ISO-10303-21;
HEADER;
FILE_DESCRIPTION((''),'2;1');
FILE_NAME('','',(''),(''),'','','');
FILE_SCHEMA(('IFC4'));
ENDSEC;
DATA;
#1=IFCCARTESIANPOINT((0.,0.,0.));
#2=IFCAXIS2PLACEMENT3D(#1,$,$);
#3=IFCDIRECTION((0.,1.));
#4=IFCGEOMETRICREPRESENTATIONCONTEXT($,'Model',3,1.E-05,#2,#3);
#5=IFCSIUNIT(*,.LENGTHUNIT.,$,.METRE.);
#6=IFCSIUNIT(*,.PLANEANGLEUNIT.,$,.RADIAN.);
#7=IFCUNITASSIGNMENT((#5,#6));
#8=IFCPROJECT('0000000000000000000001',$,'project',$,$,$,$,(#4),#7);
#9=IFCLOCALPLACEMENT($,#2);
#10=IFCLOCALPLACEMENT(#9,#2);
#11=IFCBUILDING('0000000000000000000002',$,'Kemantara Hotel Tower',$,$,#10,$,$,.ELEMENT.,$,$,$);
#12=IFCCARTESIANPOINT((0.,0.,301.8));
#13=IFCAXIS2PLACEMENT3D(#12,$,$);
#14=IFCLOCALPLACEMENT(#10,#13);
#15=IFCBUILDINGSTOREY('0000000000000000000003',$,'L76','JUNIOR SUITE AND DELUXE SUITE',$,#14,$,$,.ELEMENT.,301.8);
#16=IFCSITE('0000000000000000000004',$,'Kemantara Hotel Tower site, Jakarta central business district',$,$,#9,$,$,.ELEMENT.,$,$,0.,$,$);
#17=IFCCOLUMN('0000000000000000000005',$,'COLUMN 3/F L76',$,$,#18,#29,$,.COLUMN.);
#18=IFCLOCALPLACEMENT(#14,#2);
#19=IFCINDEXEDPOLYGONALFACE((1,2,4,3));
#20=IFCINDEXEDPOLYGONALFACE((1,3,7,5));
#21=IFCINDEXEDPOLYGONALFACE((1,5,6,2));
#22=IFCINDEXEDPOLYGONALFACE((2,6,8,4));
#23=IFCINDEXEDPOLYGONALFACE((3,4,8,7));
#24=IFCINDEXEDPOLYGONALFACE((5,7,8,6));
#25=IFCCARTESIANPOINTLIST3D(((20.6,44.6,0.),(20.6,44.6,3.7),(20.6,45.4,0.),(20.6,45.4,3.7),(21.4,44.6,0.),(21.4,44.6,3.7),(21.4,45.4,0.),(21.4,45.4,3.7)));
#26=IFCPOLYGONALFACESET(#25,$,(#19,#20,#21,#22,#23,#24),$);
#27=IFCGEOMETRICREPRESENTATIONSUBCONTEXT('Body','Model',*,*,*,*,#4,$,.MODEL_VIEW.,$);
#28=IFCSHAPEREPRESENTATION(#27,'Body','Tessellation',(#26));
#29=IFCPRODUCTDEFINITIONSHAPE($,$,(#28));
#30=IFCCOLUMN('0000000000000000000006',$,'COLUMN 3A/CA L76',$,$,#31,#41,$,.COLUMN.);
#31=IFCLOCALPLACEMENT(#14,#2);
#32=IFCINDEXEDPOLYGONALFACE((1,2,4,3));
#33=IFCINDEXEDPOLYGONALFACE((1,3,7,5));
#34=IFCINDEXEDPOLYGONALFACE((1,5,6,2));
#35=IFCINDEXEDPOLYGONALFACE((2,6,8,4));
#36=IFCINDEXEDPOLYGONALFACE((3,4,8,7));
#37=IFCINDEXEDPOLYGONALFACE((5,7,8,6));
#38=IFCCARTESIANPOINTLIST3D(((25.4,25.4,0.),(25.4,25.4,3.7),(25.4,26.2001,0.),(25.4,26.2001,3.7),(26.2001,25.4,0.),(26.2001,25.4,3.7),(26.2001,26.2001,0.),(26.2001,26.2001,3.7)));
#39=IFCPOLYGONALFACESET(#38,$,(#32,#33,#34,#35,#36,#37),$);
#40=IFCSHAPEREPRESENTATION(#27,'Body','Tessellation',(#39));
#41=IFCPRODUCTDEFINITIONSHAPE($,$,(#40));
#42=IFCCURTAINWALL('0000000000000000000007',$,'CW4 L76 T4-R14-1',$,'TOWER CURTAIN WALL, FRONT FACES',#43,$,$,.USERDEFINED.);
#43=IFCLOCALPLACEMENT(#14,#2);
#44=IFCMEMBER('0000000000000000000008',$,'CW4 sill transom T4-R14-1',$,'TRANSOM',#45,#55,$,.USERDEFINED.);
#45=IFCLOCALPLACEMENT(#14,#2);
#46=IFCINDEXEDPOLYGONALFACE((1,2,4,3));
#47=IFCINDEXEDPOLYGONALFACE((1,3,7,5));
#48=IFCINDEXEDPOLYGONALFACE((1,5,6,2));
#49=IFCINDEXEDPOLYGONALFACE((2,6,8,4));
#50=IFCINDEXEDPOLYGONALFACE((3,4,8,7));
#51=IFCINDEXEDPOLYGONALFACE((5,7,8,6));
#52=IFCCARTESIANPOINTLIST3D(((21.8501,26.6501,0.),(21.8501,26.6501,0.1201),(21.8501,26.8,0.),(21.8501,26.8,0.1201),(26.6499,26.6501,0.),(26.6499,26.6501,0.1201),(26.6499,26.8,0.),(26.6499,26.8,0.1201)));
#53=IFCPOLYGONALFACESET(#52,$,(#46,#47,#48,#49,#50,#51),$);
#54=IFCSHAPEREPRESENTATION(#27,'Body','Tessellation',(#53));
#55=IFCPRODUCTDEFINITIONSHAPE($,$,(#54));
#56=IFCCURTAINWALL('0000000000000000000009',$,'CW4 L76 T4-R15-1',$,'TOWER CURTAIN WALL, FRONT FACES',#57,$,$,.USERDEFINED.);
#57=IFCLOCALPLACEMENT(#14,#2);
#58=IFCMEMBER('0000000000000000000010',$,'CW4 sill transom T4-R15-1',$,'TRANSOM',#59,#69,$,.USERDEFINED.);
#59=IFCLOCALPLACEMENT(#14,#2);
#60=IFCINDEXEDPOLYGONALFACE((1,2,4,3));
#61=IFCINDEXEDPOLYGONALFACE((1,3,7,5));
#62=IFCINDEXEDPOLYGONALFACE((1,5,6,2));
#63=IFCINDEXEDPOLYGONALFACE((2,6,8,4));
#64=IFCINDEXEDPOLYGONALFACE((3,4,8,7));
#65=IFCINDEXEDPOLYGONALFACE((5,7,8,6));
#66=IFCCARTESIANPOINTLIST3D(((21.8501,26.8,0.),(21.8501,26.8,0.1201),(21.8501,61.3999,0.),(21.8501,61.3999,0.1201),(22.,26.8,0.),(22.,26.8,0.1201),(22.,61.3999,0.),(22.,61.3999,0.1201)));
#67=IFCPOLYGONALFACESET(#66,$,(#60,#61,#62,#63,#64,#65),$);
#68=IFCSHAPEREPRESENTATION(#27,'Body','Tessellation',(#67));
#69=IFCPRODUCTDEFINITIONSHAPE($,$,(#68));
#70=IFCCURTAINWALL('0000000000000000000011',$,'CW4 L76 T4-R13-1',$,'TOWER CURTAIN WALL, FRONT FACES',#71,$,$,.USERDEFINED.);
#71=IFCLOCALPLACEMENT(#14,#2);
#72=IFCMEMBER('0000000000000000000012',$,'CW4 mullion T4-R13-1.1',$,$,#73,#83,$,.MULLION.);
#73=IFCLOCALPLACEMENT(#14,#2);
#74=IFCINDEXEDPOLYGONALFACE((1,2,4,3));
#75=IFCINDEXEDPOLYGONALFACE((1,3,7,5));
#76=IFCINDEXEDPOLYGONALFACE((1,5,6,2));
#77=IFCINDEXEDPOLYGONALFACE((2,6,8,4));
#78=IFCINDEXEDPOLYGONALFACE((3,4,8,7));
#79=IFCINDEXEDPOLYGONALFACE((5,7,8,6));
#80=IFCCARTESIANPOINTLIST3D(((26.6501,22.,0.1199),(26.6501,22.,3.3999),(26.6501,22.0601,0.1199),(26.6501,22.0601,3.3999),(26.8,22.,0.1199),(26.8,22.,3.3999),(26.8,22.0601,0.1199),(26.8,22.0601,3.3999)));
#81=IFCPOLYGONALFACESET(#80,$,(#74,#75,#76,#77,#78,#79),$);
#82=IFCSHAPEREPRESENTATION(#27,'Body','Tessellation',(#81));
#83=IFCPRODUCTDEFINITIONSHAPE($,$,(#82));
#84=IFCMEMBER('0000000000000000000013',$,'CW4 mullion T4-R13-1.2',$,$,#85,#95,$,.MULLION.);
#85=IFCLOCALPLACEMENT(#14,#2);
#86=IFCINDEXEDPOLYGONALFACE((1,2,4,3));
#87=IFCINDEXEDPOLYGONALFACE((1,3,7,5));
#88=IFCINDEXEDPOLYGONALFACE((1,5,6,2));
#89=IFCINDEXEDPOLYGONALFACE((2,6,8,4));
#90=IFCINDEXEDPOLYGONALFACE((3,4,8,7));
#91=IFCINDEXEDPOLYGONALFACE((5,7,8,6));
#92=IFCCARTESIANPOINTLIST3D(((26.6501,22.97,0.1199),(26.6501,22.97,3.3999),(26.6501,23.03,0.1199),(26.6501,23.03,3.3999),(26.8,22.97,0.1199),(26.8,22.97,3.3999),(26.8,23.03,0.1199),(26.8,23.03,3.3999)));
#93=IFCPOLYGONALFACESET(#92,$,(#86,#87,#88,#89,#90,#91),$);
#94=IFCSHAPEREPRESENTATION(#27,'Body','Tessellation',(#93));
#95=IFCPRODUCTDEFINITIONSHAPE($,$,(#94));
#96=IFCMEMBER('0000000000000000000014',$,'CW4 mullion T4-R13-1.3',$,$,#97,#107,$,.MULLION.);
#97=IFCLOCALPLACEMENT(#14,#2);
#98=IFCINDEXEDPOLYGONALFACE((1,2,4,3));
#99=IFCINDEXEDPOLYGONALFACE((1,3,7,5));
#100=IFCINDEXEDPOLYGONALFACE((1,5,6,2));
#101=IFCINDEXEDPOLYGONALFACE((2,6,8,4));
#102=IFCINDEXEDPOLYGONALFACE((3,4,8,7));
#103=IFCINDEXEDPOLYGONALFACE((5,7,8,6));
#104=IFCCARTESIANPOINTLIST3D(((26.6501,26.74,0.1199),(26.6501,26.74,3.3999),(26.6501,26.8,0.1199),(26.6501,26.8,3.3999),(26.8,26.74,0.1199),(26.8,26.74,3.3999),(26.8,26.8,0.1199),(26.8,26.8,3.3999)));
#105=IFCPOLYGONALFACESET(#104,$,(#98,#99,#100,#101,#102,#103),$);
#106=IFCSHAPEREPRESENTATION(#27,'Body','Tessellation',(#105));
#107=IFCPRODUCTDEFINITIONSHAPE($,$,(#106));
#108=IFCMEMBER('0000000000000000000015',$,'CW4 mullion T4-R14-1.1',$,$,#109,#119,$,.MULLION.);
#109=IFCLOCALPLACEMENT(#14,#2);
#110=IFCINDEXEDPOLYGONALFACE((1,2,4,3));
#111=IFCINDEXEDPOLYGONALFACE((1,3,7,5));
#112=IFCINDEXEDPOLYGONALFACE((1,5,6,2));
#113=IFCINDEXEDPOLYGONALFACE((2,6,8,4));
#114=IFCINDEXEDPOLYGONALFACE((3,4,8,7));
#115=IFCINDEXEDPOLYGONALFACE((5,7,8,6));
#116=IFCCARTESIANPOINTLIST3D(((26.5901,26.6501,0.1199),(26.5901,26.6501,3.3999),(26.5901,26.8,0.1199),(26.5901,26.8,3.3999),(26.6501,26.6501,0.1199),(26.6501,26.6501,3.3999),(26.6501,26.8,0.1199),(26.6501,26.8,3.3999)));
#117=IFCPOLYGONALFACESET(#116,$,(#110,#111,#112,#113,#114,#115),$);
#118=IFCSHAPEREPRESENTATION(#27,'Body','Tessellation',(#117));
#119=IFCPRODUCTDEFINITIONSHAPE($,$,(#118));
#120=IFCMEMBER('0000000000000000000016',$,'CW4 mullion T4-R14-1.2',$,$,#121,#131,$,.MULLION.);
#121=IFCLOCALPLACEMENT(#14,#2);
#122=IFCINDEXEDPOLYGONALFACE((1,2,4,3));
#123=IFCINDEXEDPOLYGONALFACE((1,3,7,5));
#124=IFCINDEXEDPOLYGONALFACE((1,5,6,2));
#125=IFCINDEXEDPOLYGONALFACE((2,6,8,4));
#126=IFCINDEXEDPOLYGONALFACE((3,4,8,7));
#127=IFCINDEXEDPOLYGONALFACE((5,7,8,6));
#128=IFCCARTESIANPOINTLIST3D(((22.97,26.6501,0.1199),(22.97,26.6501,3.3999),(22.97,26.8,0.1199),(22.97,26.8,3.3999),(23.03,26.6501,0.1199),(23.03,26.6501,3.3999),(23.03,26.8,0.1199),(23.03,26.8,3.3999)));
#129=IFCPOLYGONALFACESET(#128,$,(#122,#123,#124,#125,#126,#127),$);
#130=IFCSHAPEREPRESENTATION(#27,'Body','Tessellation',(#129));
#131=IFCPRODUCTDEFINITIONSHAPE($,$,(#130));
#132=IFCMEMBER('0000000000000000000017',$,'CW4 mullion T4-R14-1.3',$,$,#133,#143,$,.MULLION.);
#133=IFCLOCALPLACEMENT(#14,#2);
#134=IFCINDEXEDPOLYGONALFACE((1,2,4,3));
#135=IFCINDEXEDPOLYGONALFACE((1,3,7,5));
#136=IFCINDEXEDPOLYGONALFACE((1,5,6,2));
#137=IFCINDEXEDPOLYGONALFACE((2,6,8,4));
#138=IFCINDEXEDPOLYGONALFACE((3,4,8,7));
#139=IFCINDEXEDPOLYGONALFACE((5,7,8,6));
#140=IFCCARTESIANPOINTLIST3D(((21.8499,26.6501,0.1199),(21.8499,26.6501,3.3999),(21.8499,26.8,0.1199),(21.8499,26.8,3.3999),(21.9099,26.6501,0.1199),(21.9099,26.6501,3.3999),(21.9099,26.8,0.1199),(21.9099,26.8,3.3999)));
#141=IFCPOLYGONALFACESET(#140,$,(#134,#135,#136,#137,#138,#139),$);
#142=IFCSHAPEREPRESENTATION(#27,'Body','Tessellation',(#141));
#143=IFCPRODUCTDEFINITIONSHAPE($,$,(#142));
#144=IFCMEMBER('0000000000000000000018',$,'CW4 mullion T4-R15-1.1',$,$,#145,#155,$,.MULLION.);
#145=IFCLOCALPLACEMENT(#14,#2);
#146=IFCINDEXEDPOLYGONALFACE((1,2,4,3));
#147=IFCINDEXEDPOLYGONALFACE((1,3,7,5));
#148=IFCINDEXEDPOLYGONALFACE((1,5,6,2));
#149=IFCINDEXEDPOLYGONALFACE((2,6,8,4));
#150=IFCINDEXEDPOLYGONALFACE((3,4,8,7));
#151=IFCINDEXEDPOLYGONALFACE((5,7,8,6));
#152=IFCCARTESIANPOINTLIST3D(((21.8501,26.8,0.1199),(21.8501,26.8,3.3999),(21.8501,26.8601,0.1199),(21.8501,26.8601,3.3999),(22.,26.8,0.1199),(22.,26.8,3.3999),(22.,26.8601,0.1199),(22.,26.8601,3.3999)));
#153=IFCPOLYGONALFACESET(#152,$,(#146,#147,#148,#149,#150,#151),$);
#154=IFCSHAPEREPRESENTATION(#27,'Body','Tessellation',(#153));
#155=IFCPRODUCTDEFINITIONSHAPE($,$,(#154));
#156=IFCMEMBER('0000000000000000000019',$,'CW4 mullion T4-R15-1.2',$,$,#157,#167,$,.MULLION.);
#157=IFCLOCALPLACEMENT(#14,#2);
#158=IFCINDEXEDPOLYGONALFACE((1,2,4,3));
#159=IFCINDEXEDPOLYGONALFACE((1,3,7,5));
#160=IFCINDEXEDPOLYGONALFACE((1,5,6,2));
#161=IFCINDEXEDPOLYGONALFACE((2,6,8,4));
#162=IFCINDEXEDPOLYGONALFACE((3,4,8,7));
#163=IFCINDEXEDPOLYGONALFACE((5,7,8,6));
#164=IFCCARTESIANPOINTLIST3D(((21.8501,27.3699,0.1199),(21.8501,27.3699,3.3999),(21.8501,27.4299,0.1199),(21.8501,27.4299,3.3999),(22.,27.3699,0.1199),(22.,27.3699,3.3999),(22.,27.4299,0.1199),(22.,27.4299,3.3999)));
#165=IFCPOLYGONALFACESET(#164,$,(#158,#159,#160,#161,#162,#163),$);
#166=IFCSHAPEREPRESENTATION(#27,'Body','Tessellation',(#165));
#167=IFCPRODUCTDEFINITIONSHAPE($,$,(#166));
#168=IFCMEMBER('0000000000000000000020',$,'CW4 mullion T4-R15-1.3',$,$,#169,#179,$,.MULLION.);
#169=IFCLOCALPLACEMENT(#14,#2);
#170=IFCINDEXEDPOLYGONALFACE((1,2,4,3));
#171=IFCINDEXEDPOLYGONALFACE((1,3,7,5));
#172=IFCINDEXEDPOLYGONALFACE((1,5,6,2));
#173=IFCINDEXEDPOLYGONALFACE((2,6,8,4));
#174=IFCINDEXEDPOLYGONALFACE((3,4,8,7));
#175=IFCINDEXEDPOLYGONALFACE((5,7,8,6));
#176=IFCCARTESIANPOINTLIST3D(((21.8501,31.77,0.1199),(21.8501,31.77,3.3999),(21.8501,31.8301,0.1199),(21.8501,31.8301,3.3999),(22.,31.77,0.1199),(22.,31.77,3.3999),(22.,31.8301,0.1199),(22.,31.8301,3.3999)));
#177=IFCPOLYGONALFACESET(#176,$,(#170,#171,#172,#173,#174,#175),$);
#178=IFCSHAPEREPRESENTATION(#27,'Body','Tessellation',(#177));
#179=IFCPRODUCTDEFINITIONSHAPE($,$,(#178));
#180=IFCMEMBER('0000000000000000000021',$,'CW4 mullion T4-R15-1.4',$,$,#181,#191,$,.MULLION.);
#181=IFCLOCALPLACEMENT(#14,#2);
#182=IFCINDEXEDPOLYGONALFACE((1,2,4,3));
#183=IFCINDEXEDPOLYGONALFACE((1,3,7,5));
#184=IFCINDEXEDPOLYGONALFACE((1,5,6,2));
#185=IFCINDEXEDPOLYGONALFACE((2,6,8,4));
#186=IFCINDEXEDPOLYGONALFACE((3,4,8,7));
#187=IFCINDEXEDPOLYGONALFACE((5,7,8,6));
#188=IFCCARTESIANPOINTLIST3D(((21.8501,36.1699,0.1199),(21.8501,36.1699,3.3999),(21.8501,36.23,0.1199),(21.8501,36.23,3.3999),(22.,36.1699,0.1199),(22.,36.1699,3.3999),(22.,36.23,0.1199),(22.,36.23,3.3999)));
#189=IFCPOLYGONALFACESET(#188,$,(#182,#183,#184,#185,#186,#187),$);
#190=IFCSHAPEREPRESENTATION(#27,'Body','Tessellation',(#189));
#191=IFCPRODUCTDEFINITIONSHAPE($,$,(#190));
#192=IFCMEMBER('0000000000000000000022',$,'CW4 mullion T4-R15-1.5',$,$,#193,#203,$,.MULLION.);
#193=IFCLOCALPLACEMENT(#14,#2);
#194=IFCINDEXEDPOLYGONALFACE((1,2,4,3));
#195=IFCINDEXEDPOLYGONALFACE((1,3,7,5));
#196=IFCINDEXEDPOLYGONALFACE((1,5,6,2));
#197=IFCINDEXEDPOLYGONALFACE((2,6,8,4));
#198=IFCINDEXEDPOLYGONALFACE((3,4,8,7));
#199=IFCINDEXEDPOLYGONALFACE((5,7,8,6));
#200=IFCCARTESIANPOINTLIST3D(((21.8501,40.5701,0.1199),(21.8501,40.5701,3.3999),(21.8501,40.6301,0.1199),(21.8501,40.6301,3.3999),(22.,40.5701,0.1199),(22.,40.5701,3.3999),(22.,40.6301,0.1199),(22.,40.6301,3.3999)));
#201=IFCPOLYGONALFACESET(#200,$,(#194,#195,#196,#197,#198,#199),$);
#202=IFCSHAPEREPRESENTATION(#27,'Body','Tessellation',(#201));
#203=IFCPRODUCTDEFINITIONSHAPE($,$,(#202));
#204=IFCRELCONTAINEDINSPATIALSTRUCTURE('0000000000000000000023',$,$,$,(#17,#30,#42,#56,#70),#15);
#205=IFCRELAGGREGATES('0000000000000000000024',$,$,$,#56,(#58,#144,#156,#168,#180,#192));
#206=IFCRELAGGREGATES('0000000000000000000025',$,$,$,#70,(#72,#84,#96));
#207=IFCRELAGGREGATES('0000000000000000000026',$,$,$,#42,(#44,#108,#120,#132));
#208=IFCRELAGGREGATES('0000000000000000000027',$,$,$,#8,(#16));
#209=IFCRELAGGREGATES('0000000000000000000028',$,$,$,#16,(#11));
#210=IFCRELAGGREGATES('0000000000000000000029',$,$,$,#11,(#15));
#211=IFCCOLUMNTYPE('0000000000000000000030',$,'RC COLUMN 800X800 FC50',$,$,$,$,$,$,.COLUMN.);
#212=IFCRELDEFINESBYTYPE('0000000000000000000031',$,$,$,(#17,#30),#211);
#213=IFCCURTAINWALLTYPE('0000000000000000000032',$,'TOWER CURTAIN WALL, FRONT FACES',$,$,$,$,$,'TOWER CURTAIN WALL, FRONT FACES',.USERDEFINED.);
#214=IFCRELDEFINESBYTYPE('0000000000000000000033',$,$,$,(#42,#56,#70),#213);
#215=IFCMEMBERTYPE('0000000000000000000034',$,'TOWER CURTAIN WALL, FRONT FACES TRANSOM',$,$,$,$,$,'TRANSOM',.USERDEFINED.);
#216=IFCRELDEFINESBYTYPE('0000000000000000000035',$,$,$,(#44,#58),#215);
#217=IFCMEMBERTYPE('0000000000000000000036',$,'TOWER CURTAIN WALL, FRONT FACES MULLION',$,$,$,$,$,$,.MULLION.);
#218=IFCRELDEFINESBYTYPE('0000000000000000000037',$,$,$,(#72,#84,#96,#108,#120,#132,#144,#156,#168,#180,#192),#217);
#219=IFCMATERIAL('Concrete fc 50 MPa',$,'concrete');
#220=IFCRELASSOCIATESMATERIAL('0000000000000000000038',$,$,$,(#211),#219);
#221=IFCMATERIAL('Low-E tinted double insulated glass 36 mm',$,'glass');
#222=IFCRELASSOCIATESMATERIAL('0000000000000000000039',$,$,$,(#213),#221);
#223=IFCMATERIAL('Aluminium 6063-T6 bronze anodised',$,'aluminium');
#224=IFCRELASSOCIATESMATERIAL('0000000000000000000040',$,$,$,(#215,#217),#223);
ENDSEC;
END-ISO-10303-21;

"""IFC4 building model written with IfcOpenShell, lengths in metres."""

from ifc_helpers import new_model, si_unit, direction, frame, origin, origin_2d, place, context, subcontext, project, spatial, rectangle, extrude, source, transform, mapped, material, material_profile, profile_set, type_object, element, aggregate, save


model = new_model("IFC4")

# Units and contexts
model_context = context("Model", 3, precision=1e-05, world=origin(), true_north=direction((0.0, 1.0)))
body_context = subcontext(model_context, "Body", "Model", "MODEL_VIEW")
ifc_project = project(units=[si_unit("LENGTHUNIT", "METRE"), si_unit("PLANEANGLEUNIT", "RADIAN")], contexts=[model_context])

# Site, building, storey
site_placement = place(None, origin())
site = spatial("IfcSite", under=ifc_project, at=site_placement, Name="Kemantara Hotel Tower site, Jakarta central business district", CompositionType="ELEMENT", RefElevation=0.0)
building_placement = place(site_placement, origin())
building = spatial("IfcBuilding", under=site, at=building_placement, Name="Kemantara Hotel Tower", CompositionType="ELEMENT")
storey_placement = place(building_placement, frame((0.0, 0.0, 301.8)))
storey = spatial("IfcBuildingStorey", under=building, at=storey_placement, Name="L76", Description="JUNIOR SUITE AND DELUXE SUITE", CompositionType="ELEMENT", Elevation=301.8)

# Columns
ifc_material_1 = material(Name="Concrete fc 50 MPa", Category="concrete")
ifc_material_profile_1 = material_profile(ifc_material_1, rectangle(XDim=0.8, YDim=0.8, at=origin_2d()), Name="RC 800X800")
ifc_profile_set_1 = profile_set([ifc_material_profile_1], Name="Concrete fc 50 MPa")
column_type = type_object("IfcColumnType", Name="RC COLUMN 800X800 FC50", PredefinedType="COLUMN", material=ifc_profile_set_1)
for number, where, z_axis, x_axis, name in (
    (1, (21.0, 45.0, 0.0), (0.0, 0.0, 1.0), (1.0, 0.0, 0.0), "COLUMN 3/F L76"),
    (2, (25.8, 25.8, 0.0), (0.0, 0.0, 1.0), (1.0, 0.0, 0.0), "COLUMN 3A/CA L76"),
):
    element("IfcColumn", number, at=place(storey_placement, frame(where, z_axis=z_axis, x_axis=x_axis)), inside=storey, type_object=column_type, Name=name, PredefinedType="COLUMN", context=body_context, shape_type="SweptSolid", body=[
        extrude(rectangle(XDim=0.8, YDim=0.8, at=origin_2d()), origin(), (0.0, 0.0, 1.0), 3.7),
    ])

# Curtain walls, members
ifc_material_2 = material(Name="Low-E tinted double insulated glass 36 mm", Category="glass")
curtain_wall_type = type_object("IfcCurtainWallType", Name="TOWER CURTAIN WALL, FRONT FACES", ElementType="TOWER CURTAIN WALL, FRONT FACES", PredefinedType="USERDEFINED", material=ifc_material_2)
curtain_wall_1_placement = place(storey_placement, origin())
curtain_wall_1 = element("IfcCurtainWall", 3, at=curtain_wall_1_placement, inside=storey, type_object=curtain_wall_type, Name="CW4 L76 T4-R14-1", ObjectType="TOWER CURTAIN WALL, FRONT FACES", PredefinedType="USERDEFINED")
ifc_material_3 = material(Name="Aluminium 6063-T6 bronze anodised", Category="aluminium")
ifc_material_profile_2 = material_profile(ifc_material_3, rectangle(XDim=0.1499, YDim=0.1201, at=origin_2d()), Name="TOWER CURTAIN WALL, FRONT FACES TRANSOM")
ifc_profile_set_2 = profile_set([ifc_material_profile_2], Name="Aluminium 6063-T6 bronze anodised")
member_type_1 = type_object("IfcMemberType", Name="TOWER CURTAIN WALL, FRONT FACES TRANSOM", ElementType="TRANSOM", PredefinedType="USERDEFINED", material=ifc_profile_set_2)
member_1_placement = place(storey_placement, frame((26.6499, 26.7251, 0.0601), z_axis=(-1.0, 0.0, 0.0), x_axis=(0.0, -1.0, 0.0)))
member_1 = element("IfcMember", 4, at=member_1_placement, type_object=member_type_1, Name="CW4 sill transom T4-R14-1", ObjectType="TRANSOM", PredefinedType="USERDEFINED", context=body_context, shape_type="SweptSolid", body=[
    extrude(rectangle(XDim=0.1499, YDim=0.1201, at=origin_2d()), origin(), (0.0, 0.0, 1.0), 4.7998),
])
curtain_wall_2_placement = place(storey_placement, origin())
curtain_wall_2 = element("IfcCurtainWall", 5, at=curtain_wall_2_placement, inside=storey, type_object=curtain_wall_type, Name="CW4 L76 T4-R15-1", ObjectType="TOWER CURTAIN WALL, FRONT FACES", PredefinedType="USERDEFINED")
member_2_placement = place(storey_placement, frame((21.925, 26.8, 0.0601), z_axis=(0.0, 1.0, 0.0), x_axis=(-1.0, 0.0, 0.0)))
member_2 = element("IfcMember", 6, at=member_2_placement, type_object=member_type_1, Name="CW4 sill transom T4-R15-1", ObjectType="TRANSOM", PredefinedType="USERDEFINED", context=body_context, shape_type="SweptSolid", body=[
    extrude(rectangle(XDim=0.1499, YDim=0.1201, at=origin_2d()), origin(), (0.0, 0.0, 1.0), 34.5999),
])

# Curtain wall, members
curtain_wall_3_placement = place(storey_placement, origin())
curtain_wall_3 = element("IfcCurtainWall", 7, at=curtain_wall_3_placement, inside=storey, type_object=curtain_wall_type, Name="CW4 L76 T4-R13-1", ObjectType="TOWER CURTAIN WALL, FRONT FACES", PredefinedType="USERDEFINED")
ifc_material_profile_3 = material_profile(ifc_material_3, rectangle(XDim=0.1499, YDim=0.0601, at=origin_2d()), Name="TOWER CURTAIN WALL, FRONT FACES MULLION")
ifc_profile_set_3 = profile_set([ifc_material_profile_3], Name="Aluminium 6063-T6 bronze anodised")
member_type_2 = type_object("IfcMemberType", Name="TOWER CURTAIN WALL, FRONT FACES MULLION", PredefinedType="MULLION", material=ifc_profile_set_3)
shared_shape_1 = source(origin(), body_context, "Body", "SweptSolid", [
    extrude(rectangle(XDim=0.1499, YDim=0.0601, at=origin_2d()), origin(), (0.0, 0.0, 1.0), 3.28),
])
member_3_placement = place(storey_placement, frame((26.7251, 22.03, 0.1199), z_axis=(0.0, 0.0, 1.0), x_axis=(-1.0, 0.0, 0.0)))
member_3 = element("IfcMember", 8, at=member_3_placement, type_object=member_type_2, Name="CW4 mullion T4-R13-1.1", PredefinedType="MULLION", context=body_context, shape_type="MappedRepresentation", body=[
    mapped(shared_shape_1, transform((0.0, 0.0, 0.0))),
])
member_4_placement = place(storey_placement, frame((26.7251, 23.0, 0.1199), z_axis=(0.0, 0.0, 1.0), x_axis=(-1.0, 0.0, 0.0)))
member_4 = element("IfcMember", 9, at=member_4_placement, type_object=member_type_2, Name="CW4 mullion T4-R13-1.2", PredefinedType="MULLION", context=body_context, shape_type="MappedRepresentation", body=[
    mapped(shared_shape_1, transform((0.0, 0.0, 0.0))),
])
member_5_placement = place(storey_placement, frame((26.7251, 26.77, 0.1199), z_axis=(0.0, 0.0, 1.0), x_axis=(-1.0, 0.0, 0.0)))
member_5 = element("IfcMember", 10, at=member_5_placement, type_object=member_type_2, Name="CW4 mullion T4-R13-1.3", PredefinedType="MULLION", context=body_context, shape_type="MappedRepresentation", body=[
    mapped(shared_shape_1, transform((0.0, 0.0, 0.0))),
])

# Members
member_6_placement = place(storey_placement, frame((26.6201, 26.7251, 0.1199), z_axis=(0.0, 0.0, 1.0), x_axis=(0.0, -1.0, 0.0)))
member_6 = element("IfcMember", 11, at=member_6_placement, type_object=member_type_2, Name="CW4 mullion T4-R14-1.1", PredefinedType="MULLION", context=body_context, shape_type="MappedRepresentation", body=[
    mapped(shared_shape_1, transform((0.0, 0.0, 0.0))),
])
member_7_placement = place(storey_placement, frame((23.0, 26.7251, 0.1199), z_axis=(0.0, 0.0, 1.0), x_axis=(0.0, -1.0, 0.0)))
member_7 = element("IfcMember", 12, at=member_7_placement, type_object=member_type_2, Name="CW4 mullion T4-R14-1.2", PredefinedType="MULLION", context=body_context, shape_type="MappedRepresentation", body=[
    mapped(shared_shape_1, transform((0.0, 0.0, 0.0))),
])
member_8_placement = place(storey_placement, frame((21.8799, 26.7251, 0.1199), z_axis=(0.0, 0.0, 1.0), x_axis=(0.0, -1.0, 0.0)))
member_8 = element("IfcMember", 13, at=member_8_placement, type_object=member_type_2, Name="CW4 mullion T4-R14-1.3", PredefinedType="MULLION", context=body_context, shape_type="MappedRepresentation", body=[
    mapped(shared_shape_1, transform((0.0, 0.0, 0.0))),
])
member_9_placement = place(storey_placement, frame((21.925, 26.8301, 0.1199), z_axis=(0.0, 0.0, 1.0), x_axis=(-1.0, 0.0, 0.0)))
member_9 = element("IfcMember", 14, at=member_9_placement, type_object=member_type_2, Name="CW4 mullion T4-R15-1.1", PredefinedType="MULLION", context=body_context, shape_type="MappedRepresentation", body=[
    mapped(shared_shape_1, transform((0.0, 0.0, 0.0))),
])
member_10_placement = place(storey_placement, frame((21.925, 27.3999, 0.1199), z_axis=(0.0, 0.0, 1.0), x_axis=(-1.0, 0.0, 0.0)))
member_10 = element("IfcMember", 15, at=member_10_placement, type_object=member_type_2, Name="CW4 mullion T4-R15-1.2", PredefinedType="MULLION", context=body_context, shape_type="MappedRepresentation", body=[
    mapped(shared_shape_1, transform((0.0, 0.0, 0.0))),
])
member_11_placement = place(storey_placement, frame((21.925, 31.8, 0.1199), z_axis=(0.0, 0.0, 1.0), x_axis=(-1.0, 0.0, 0.0)))
member_11 = element("IfcMember", 16, at=member_11_placement, type_object=member_type_2, Name="CW4 mullion T4-R15-1.3", PredefinedType="MULLION", context=body_context, shape_type="MappedRepresentation", body=[
    mapped(shared_shape_1, transform((0.0, 0.0, 0.0))),
])
member_12_placement = place(storey_placement, frame((21.925, 36.2, 0.1199), z_axis=(0.0, 0.0, 1.0), x_axis=(-1.0, 0.0, 0.0)))
member_12 = element("IfcMember", 17, at=member_12_placement, type_object=member_type_2, Name="CW4 mullion T4-R15-1.4", PredefinedType="MULLION", context=body_context, shape_type="MappedRepresentation", body=[
    mapped(shared_shape_1, transform((0.0, 0.0, 0.0))),
])
member_13_placement = place(storey_placement, frame((21.925, 40.6001, 0.1199), z_axis=(0.0, 0.0, 1.0), x_axis=(-1.0, 0.0, 0.0)))
member_13 = element("IfcMember", 18, at=member_13_placement, type_object=member_type_2, Name="CW4 mullion T4-R15-1.5", PredefinedType="MULLION", context=body_context, shape_type="MappedRepresentation", body=[
    mapped(shared_shape_1, transform((0.0, 0.0, 0.0))),
])

aggregate(curtain_wall_2, [member_2, member_9, member_10, member_11, member_12, member_13])
aggregate(curtain_wall_3, [member_3, member_4, member_5])
aggregate(curtain_wall_1, [member_1, member_6, member_7, member_8])

save(model, "model.ifc")
